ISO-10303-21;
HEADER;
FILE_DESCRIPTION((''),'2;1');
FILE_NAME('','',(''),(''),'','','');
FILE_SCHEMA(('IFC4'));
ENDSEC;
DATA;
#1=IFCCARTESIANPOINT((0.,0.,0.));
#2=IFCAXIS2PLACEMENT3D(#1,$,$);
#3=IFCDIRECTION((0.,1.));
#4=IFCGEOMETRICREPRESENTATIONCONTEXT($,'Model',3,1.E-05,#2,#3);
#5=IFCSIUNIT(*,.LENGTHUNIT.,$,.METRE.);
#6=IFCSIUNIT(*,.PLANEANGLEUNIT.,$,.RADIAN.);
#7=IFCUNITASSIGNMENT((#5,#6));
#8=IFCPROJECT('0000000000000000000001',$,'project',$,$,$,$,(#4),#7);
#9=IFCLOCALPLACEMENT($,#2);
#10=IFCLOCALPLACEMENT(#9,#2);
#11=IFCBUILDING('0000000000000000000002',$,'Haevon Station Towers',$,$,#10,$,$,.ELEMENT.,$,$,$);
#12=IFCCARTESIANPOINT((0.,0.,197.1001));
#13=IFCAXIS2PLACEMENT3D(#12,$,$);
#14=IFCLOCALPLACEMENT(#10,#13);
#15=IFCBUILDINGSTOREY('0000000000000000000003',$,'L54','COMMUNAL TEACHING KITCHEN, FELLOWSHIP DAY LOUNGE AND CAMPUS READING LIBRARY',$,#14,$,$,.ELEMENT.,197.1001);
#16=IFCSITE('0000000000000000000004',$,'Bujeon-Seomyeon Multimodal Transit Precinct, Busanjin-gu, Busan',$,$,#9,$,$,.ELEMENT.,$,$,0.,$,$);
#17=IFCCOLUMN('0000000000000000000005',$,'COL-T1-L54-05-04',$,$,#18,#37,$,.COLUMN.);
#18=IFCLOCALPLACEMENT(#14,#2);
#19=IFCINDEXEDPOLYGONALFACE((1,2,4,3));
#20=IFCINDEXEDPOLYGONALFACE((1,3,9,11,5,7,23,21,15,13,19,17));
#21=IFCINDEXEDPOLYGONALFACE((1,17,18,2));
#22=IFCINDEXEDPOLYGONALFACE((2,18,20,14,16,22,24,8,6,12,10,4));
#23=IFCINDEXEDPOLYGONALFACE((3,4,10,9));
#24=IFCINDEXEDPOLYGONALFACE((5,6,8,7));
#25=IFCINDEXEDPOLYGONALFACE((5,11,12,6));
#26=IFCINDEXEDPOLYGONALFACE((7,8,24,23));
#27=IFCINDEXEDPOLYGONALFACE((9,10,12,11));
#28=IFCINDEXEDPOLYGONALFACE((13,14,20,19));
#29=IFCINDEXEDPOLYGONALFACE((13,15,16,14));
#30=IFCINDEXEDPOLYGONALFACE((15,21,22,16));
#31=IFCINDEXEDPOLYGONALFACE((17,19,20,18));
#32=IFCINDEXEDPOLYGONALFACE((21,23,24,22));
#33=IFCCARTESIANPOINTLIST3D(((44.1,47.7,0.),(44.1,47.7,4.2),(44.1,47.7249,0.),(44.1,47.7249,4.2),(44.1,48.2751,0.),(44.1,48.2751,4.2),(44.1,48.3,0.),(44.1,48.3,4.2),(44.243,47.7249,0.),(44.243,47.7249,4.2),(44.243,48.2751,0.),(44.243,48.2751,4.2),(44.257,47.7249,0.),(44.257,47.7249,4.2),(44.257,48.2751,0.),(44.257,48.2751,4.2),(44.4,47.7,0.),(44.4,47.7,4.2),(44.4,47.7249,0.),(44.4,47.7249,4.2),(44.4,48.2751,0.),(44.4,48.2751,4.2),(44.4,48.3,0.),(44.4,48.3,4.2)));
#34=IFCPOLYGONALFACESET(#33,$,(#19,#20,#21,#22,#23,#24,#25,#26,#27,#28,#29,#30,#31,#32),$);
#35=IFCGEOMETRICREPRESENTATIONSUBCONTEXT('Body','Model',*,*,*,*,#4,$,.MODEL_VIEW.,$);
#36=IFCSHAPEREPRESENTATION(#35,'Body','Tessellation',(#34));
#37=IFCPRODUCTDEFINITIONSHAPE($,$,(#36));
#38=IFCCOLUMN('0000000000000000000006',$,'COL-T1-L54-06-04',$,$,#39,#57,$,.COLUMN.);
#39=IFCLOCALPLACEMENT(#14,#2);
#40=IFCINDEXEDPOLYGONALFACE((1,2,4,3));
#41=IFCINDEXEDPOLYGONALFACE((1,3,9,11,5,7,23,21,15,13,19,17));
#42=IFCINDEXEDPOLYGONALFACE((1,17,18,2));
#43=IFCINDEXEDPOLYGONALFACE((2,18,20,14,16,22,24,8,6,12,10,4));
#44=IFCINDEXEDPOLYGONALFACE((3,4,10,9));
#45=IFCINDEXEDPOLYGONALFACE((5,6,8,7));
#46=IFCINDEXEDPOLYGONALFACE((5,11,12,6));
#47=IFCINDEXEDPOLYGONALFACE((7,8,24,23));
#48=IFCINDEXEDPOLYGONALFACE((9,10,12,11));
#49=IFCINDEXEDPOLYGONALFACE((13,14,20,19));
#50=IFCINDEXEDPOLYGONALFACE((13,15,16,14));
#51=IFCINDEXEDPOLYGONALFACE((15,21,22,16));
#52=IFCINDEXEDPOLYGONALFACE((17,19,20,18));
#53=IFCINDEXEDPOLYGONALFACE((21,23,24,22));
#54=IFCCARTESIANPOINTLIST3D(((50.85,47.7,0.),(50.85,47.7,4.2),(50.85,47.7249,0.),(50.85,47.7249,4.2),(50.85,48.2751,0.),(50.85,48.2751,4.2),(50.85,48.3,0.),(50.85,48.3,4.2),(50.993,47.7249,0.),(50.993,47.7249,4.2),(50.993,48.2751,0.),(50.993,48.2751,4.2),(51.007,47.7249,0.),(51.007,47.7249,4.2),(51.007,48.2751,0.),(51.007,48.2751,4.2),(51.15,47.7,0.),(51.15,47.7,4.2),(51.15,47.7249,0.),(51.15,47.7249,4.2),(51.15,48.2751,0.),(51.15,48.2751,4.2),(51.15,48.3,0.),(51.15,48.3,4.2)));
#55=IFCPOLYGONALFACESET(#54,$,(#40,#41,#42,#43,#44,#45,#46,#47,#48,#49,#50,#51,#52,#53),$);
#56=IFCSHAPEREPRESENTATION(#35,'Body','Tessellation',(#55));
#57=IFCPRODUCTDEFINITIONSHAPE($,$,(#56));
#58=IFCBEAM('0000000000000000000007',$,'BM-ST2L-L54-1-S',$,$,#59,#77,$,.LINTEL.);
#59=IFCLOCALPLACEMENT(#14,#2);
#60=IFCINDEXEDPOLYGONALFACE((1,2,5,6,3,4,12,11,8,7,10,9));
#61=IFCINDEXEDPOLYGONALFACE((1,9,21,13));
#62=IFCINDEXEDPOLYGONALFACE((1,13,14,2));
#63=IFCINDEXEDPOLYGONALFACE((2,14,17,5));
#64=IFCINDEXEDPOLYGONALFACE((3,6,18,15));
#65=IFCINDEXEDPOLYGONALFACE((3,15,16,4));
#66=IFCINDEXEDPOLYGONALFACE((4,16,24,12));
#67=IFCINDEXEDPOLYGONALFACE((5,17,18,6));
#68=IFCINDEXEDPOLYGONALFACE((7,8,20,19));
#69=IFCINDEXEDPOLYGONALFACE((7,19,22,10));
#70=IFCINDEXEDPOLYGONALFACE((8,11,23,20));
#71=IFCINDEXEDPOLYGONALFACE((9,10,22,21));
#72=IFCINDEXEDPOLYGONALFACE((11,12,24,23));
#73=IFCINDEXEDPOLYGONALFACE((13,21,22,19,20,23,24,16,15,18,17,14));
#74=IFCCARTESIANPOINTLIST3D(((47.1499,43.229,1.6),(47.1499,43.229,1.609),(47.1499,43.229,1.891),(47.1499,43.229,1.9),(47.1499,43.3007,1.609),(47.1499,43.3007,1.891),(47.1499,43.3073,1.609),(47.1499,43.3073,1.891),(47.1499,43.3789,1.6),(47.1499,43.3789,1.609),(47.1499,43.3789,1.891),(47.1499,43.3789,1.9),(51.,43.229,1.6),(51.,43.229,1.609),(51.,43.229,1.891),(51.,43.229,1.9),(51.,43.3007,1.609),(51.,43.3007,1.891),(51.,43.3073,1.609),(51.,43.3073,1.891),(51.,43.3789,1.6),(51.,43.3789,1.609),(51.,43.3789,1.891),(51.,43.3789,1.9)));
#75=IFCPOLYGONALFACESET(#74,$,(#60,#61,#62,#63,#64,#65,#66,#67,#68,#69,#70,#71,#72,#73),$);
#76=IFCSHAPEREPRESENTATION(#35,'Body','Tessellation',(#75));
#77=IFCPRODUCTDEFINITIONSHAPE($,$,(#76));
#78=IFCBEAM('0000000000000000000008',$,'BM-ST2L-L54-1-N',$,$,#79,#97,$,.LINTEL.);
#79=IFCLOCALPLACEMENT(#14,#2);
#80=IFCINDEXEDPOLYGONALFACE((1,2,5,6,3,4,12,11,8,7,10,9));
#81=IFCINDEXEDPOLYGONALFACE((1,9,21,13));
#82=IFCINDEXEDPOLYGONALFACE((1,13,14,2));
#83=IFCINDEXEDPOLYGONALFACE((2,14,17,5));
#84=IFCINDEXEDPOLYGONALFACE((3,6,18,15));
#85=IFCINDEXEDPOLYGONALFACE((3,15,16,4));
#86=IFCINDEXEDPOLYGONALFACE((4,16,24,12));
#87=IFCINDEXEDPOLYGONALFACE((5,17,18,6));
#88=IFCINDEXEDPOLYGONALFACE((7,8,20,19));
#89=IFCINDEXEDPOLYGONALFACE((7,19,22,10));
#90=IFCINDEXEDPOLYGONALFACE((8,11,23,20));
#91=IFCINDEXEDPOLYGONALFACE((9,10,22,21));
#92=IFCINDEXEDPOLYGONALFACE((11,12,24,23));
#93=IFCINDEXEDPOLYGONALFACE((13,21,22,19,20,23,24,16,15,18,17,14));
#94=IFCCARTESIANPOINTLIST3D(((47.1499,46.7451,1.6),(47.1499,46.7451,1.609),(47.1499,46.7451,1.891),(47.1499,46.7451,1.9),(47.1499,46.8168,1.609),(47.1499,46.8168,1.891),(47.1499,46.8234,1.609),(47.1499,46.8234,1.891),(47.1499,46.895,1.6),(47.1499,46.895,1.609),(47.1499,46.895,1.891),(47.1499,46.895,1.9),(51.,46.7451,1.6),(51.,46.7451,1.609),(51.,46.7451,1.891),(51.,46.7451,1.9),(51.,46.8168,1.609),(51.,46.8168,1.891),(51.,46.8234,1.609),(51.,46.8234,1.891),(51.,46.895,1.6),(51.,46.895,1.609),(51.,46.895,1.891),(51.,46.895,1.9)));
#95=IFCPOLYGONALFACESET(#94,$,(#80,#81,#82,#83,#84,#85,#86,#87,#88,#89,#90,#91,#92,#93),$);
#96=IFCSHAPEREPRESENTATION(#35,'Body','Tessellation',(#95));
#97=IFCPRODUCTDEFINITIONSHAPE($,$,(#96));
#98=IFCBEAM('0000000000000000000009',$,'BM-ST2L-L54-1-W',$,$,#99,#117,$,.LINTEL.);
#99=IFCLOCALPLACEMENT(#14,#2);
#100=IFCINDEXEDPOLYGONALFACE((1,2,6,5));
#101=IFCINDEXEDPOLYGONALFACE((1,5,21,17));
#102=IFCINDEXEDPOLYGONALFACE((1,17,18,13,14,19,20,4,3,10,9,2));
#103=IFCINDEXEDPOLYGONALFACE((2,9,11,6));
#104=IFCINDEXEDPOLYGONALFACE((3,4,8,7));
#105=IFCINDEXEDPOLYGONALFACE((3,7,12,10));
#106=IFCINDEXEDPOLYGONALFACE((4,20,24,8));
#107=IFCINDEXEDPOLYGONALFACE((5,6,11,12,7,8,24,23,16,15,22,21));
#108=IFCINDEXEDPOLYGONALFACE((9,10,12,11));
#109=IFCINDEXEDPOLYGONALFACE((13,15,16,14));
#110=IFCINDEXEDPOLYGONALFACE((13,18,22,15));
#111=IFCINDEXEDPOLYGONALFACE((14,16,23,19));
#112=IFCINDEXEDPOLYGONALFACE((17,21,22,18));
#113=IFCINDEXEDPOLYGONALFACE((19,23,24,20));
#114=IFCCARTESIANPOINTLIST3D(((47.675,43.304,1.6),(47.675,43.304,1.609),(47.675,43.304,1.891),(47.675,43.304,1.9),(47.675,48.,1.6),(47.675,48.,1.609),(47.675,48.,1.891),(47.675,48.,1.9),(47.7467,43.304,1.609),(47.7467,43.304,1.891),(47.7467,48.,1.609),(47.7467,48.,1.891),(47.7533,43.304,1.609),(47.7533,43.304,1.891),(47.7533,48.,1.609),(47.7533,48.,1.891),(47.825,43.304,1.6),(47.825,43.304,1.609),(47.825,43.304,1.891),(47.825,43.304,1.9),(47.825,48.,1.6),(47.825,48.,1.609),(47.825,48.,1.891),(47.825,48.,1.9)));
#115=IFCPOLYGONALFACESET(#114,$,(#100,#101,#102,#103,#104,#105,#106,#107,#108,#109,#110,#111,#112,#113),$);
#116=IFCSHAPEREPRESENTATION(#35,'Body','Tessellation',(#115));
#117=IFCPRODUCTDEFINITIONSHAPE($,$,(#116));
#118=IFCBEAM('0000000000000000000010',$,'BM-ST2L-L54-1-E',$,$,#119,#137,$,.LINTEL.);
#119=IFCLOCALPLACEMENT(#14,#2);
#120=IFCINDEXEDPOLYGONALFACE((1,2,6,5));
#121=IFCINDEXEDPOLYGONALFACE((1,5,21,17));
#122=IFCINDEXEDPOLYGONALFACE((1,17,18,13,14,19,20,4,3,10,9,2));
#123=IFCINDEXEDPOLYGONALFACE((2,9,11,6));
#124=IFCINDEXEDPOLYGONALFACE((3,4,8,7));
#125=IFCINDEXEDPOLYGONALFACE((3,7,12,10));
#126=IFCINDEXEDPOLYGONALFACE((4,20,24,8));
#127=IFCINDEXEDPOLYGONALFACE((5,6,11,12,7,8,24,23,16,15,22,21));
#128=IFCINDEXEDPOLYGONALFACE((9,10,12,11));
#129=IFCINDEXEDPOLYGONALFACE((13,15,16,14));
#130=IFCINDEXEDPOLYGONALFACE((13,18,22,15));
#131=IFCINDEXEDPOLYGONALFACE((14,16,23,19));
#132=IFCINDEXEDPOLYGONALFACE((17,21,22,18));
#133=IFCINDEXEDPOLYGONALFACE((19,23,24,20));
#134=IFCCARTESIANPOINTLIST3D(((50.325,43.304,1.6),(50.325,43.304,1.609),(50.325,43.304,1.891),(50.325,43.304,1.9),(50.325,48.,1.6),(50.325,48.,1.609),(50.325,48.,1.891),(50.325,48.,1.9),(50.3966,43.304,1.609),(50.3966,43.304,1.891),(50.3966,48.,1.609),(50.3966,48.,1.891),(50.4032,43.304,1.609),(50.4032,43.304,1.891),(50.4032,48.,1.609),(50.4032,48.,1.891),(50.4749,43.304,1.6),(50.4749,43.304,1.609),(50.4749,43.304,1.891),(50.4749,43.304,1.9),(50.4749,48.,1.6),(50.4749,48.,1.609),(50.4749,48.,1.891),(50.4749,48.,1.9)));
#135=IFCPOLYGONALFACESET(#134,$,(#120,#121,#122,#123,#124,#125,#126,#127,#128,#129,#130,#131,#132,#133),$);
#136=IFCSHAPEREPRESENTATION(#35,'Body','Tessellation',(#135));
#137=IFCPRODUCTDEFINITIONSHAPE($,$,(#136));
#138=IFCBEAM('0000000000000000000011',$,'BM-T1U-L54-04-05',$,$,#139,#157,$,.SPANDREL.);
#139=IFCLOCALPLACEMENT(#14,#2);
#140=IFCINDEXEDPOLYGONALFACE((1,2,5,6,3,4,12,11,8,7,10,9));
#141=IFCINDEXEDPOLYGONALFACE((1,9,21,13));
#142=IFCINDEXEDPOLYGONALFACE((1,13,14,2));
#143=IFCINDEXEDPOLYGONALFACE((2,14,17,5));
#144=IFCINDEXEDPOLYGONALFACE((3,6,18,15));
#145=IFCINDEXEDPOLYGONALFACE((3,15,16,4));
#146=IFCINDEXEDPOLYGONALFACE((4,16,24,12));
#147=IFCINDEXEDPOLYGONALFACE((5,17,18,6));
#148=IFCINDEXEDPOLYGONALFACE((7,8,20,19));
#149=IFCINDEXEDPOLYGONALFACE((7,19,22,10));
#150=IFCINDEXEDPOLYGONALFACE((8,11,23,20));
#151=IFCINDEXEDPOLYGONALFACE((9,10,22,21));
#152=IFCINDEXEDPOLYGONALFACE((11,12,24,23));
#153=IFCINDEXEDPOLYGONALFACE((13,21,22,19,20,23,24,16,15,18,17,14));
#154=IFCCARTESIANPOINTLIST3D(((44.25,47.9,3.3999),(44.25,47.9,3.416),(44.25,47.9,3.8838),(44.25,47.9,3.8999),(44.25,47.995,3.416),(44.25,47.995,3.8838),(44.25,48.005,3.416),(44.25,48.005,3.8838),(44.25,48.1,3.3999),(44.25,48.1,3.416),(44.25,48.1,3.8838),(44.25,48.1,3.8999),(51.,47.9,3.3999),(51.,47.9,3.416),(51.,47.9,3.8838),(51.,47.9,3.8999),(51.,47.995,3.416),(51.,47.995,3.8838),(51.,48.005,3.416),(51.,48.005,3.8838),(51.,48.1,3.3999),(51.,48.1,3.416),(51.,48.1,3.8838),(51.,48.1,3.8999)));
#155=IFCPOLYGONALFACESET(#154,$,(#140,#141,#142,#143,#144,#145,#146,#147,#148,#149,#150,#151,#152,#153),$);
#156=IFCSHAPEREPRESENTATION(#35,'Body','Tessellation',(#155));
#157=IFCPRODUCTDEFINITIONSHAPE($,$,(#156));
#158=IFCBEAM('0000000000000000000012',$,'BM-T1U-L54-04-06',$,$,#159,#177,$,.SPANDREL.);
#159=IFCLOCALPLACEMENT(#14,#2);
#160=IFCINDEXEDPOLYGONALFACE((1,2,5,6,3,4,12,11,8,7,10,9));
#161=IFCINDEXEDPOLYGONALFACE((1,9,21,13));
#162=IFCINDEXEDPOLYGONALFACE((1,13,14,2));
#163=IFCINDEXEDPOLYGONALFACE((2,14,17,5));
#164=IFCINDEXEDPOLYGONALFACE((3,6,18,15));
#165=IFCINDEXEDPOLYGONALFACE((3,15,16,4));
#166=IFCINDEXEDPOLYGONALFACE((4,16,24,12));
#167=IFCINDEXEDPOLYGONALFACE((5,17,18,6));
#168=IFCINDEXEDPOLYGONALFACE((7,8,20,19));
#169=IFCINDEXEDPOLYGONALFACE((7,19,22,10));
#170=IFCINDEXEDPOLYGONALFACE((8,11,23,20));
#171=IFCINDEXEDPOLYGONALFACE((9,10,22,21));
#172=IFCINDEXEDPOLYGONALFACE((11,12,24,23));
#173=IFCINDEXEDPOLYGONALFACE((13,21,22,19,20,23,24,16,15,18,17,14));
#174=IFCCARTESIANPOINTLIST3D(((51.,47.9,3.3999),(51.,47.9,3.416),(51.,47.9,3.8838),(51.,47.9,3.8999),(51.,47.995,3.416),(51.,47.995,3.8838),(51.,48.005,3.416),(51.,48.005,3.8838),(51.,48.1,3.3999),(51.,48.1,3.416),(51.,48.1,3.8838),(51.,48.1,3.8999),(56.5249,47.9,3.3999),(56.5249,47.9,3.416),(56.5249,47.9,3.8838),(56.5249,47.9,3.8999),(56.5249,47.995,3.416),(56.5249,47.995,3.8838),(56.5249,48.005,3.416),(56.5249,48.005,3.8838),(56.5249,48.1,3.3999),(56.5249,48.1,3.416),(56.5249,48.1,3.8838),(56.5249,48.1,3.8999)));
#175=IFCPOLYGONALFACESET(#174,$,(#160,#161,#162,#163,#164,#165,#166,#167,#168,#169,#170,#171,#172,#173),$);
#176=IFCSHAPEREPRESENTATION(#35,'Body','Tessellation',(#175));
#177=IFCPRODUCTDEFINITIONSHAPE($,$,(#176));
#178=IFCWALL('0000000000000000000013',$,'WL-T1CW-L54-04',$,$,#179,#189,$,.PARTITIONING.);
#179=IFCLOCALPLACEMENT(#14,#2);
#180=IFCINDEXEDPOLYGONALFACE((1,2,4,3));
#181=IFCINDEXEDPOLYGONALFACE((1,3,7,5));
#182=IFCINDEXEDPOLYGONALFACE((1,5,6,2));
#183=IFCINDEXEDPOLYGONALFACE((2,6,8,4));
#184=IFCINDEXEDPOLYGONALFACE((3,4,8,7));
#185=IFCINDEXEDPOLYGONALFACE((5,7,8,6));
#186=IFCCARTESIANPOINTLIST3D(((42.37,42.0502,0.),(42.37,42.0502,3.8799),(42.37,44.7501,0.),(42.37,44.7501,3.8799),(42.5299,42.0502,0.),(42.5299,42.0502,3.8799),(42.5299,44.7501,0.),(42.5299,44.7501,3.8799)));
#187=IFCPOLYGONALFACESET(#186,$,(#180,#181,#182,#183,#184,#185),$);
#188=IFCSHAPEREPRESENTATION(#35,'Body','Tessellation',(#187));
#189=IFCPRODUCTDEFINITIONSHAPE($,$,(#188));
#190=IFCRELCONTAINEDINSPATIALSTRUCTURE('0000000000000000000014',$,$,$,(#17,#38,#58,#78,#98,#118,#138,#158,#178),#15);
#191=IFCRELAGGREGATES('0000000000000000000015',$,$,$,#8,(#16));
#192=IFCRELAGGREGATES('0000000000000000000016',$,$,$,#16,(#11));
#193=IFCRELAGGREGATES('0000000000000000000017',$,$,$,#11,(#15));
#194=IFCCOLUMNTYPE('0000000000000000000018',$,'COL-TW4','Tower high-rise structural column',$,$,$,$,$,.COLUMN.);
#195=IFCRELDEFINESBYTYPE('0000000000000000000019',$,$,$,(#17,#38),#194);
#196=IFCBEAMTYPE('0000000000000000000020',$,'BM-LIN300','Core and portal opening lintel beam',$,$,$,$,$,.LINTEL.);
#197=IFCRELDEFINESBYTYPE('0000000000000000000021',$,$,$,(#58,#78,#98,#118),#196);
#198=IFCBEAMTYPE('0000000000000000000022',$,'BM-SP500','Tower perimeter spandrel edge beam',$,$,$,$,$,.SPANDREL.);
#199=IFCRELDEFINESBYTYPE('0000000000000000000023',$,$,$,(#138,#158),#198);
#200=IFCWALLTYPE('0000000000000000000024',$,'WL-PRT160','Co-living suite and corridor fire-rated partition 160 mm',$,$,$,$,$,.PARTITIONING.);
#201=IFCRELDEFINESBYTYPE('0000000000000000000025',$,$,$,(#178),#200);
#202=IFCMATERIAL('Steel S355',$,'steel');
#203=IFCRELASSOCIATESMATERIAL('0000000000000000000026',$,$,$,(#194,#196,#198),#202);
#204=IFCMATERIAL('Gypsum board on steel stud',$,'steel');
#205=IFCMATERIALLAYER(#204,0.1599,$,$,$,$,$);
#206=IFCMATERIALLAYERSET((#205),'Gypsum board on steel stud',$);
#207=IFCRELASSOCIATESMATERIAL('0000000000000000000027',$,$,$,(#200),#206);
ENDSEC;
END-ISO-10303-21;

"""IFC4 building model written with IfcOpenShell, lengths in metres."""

from ifc_helpers import new_model, si_unit, direction, frame, frame_2d, origin, origin_2d, place, context, subcontext, project, spatial, rectangle, i_section, extrude, material, layer, layer_set, material_profile, profile_set, type_object, element, save


model = new_model("IFC4")

# Units and contexts
model_context = context("Model", 3, precision=1e-05, world=origin(), true_north=direction((0.0, 1.0)))
body_context = subcontext(model_context, "Body", "Model", "MODEL_VIEW")
ifc_project = project(units=[si_unit("LENGTHUNIT", "METRE"), si_unit("PLANEANGLEUNIT", "RADIAN")], contexts=[model_context])

# Site, building, storey
site_placement = place(None, origin())
site = spatial("IfcSite", under=ifc_project, at=site_placement, Name="Bujeon-Seomyeon Multimodal Transit Precinct, Busanjin-gu, Busan", CompositionType="ELEMENT", RefElevation=0.0)
building_placement = place(site_placement, origin())
building = spatial("IfcBuilding", under=site, at=building_placement, Name="Haevon Station Towers", CompositionType="ELEMENT")
storey_placement = place(building_placement, frame((0.0, 0.0, 197.1001)))
storey = spatial("IfcBuildingStorey", under=building, at=storey_placement, Name="L54", Description="COMMUNAL TEACHING KITCHEN, FELLOWSHIP DAY LOUNGE AND CAMPUS READING LIBRARY", CompositionType="ELEMENT", Elevation=197.1001)

# Columns
ifc_material_1 = material(Name="Steel S355", Category="steel")
ifc_material_profile_1 = material_profile(ifc_material_1, i_section(OverallWidth=0.3, OverallDepth=0.6001, WebThickness=0.0139, FlangeThickness=0.0249, at=origin_2d()), Name="H-600x300x14x25")
ifc_profile_set_1 = profile_set([ifc_material_profile_1], Name="Steel S355")
column_type = type_object("IfcColumnType", Name="COL-TW4", Description="Tower high-rise structural column", PredefinedType="COLUMN", material=ifc_profile_set_1)
for number, where, z_axis, x_axis, name in (
    (1, (44.25, 48.0, 0.0), (0.0, 0.0, 1.0), (1.0, 0.0, 0.0), "COL-T1-L54-05-04"),
    (2, (51.0, 48.0, 0.0), (0.0, 0.0, 1.0), (1.0, 0.0, 0.0), "COL-T1-L54-06-04"),
):
    element("IfcColumn", number, at=place(storey_placement, frame(where, z_axis=z_axis, x_axis=x_axis)), inside=storey, type_object=column_type, Name=name, PredefinedType="COLUMN", context=body_context, shape_type="SweptSolid", body=[
        extrude(i_section(OverallWidth=0.3, OverallDepth=0.6001, WebThickness=0.0139, FlangeThickness=0.0249, at=origin_2d()), origin(), (0.0, 0.0, 1.0), 4.2),
    ])

# Beams
ifc_material_profile_2 = material_profile(ifc_material_1, i_section(OverallWidth=0.1499, OverallDepth=0.3, WebThickness=0.0066, FlangeThickness=0.009, at=origin_2d()), Name="H-300x150x6.5x9")
ifc_profile_set_2 = profile_set([ifc_material_profile_2], Name="Steel S355")
beam_type_1 = type_object("IfcBeamType", Name="BM-LIN300", Description="Core and portal opening lintel beam", PredefinedType="LINTEL", material=ifc_profile_set_2)
for number, where, z_axis, x_axis, name in (
    (3, (47.1499, 43.304, 1.75), (1.0, 0.0, 0.0), (0.0, 1.0, 0.0), "BM-ST2L-L54-1-S"),
    (4, (47.1499, 46.8201, 1.75), (1.0, 0.0, 0.0), (0.0, 1.0, 0.0), "BM-ST2L-L54-1-N"),
):
    element("IfcBeam", number, at=place(storey_placement, frame(where, z_axis=z_axis, x_axis=x_axis)), inside=storey, type_object=beam_type_1, Name=name, PredefinedType="LINTEL", context=body_context, shape_type="SweptSolid", body=[
        extrude(i_section(OverallWidth=0.1499, OverallDepth=0.3, WebThickness=0.0066, FlangeThickness=0.009, at=origin_2d()), origin(), (0.0, 0.0, 1.0), 3.8501),
    ])
for number, where, z_axis, x_axis, name in (
    (5, (47.75, 43.304, 1.75), (0.0, 1.0, 0.0), (-1.0, 0.0, 0.0), "BM-ST2L-L54-1-W"),
    (6, (50.3999, 43.304, 1.75), (0.0, 1.0, 0.0), (-1.0, 0.0, 0.0), "BM-ST2L-L54-1-E"),
):
    element("IfcBeam", number, at=place(storey_placement, frame(where, z_axis=z_axis, x_axis=x_axis)), inside=storey, type_object=beam_type_1, Name=name, PredefinedType="LINTEL", context=body_context, shape_type="SweptSolid", body=[
        extrude(i_section(OverallWidth=0.1499, OverallDepth=0.3, WebThickness=0.0066, FlangeThickness=0.009, at=origin_2d()), origin(), (0.0, 0.0, 1.0), 4.696),
    ])
ifc_material_profile_3 = material_profile(ifc_material_1, i_section(OverallWidth=0.2, OverallDepth=0.5, WebThickness=0.01, FlangeThickness=0.0161, at=origin_2d()), Name="H-500x200x10x16")
ifc_profile_set_3 = profile_set([ifc_material_profile_3], Name="Steel S355")
beam_type_2 = type_object("IfcBeamType", Name="BM-SP500", Description="Tower perimeter spandrel edge beam", PredefinedType="SPANDREL", material=ifc_profile_set_3)
beam_1_placement = place(storey_placement, frame((44.25, 48.0, 3.6499), z_axis=(1.0, 0.0, 0.0), x_axis=(0.0, 1.0, 0.0)))
element("IfcBeam", 7, at=beam_1_placement, inside=storey, type_object=beam_type_2, Name="BM-T1U-L54-04-05", PredefinedType="SPANDREL", context=body_context, shape_type="SweptSolid", body=[
    extrude(i_section(OverallWidth=0.2, OverallDepth=0.5, WebThickness=0.01, FlangeThickness=0.0161, at=origin_2d()), origin(), (0.0, 0.0, 1.0), 6.75),
])
beam_2_placement = place(storey_placement, frame((51.0, 48.0, 3.6499), z_axis=(1.0, 0.0, 0.0), x_axis=(0.0, 1.0, 0.0)))
element("IfcBeam", 8, at=beam_2_placement, inside=storey, type_object=beam_type_2, Name="BM-T1U-L54-04-06", PredefinedType="SPANDREL", context=body_context, shape_type="SweptSolid", body=[
    extrude(i_section(OverallWidth=0.2, OverallDepth=0.5, WebThickness=0.01, FlangeThickness=0.0161, at=origin_2d()), origin(), (0.0, 0.0, 1.0), 5.5249),
])

# Wall
ifc_material_2 = material(Name="Gypsum board on steel stud", Category="steel")
ifc_layer_1 = layer(ifc_material_2, 0.1599)
ifc_layer_set_1 = layer_set([ifc_layer_1], Name="Gypsum board on steel stud")
wall_type_1 = type_object("IfcWallType", Name="WL-PRT160", Description="Co-living suite and corridor fire-rated partition 160 mm", PredefinedType="PARTITIONING", material=ifc_layer_set_1)
wall_1_placement = place(storey_placement, frame((42.45, 42.05, 0.0), z_axis=(0.0, 0.0, 1.0), x_axis=(0.0, 1.0, 0.0)))
element("IfcWall", 9, at=wall_1_placement, inside=storey, type_object=wall_type_1, Name="WL-T1CW-L54-04", PredefinedType="PARTITIONING", context=body_context, shape_type="SweptSolid", body=[
    extrude(rectangle(XDim=2.7, YDim=0.1599, at=frame_2d((1.3501, 0.0))), origin(), (0.0, 0.0, 1.0), 3.8799),
])

save(model, "model.ifc")
